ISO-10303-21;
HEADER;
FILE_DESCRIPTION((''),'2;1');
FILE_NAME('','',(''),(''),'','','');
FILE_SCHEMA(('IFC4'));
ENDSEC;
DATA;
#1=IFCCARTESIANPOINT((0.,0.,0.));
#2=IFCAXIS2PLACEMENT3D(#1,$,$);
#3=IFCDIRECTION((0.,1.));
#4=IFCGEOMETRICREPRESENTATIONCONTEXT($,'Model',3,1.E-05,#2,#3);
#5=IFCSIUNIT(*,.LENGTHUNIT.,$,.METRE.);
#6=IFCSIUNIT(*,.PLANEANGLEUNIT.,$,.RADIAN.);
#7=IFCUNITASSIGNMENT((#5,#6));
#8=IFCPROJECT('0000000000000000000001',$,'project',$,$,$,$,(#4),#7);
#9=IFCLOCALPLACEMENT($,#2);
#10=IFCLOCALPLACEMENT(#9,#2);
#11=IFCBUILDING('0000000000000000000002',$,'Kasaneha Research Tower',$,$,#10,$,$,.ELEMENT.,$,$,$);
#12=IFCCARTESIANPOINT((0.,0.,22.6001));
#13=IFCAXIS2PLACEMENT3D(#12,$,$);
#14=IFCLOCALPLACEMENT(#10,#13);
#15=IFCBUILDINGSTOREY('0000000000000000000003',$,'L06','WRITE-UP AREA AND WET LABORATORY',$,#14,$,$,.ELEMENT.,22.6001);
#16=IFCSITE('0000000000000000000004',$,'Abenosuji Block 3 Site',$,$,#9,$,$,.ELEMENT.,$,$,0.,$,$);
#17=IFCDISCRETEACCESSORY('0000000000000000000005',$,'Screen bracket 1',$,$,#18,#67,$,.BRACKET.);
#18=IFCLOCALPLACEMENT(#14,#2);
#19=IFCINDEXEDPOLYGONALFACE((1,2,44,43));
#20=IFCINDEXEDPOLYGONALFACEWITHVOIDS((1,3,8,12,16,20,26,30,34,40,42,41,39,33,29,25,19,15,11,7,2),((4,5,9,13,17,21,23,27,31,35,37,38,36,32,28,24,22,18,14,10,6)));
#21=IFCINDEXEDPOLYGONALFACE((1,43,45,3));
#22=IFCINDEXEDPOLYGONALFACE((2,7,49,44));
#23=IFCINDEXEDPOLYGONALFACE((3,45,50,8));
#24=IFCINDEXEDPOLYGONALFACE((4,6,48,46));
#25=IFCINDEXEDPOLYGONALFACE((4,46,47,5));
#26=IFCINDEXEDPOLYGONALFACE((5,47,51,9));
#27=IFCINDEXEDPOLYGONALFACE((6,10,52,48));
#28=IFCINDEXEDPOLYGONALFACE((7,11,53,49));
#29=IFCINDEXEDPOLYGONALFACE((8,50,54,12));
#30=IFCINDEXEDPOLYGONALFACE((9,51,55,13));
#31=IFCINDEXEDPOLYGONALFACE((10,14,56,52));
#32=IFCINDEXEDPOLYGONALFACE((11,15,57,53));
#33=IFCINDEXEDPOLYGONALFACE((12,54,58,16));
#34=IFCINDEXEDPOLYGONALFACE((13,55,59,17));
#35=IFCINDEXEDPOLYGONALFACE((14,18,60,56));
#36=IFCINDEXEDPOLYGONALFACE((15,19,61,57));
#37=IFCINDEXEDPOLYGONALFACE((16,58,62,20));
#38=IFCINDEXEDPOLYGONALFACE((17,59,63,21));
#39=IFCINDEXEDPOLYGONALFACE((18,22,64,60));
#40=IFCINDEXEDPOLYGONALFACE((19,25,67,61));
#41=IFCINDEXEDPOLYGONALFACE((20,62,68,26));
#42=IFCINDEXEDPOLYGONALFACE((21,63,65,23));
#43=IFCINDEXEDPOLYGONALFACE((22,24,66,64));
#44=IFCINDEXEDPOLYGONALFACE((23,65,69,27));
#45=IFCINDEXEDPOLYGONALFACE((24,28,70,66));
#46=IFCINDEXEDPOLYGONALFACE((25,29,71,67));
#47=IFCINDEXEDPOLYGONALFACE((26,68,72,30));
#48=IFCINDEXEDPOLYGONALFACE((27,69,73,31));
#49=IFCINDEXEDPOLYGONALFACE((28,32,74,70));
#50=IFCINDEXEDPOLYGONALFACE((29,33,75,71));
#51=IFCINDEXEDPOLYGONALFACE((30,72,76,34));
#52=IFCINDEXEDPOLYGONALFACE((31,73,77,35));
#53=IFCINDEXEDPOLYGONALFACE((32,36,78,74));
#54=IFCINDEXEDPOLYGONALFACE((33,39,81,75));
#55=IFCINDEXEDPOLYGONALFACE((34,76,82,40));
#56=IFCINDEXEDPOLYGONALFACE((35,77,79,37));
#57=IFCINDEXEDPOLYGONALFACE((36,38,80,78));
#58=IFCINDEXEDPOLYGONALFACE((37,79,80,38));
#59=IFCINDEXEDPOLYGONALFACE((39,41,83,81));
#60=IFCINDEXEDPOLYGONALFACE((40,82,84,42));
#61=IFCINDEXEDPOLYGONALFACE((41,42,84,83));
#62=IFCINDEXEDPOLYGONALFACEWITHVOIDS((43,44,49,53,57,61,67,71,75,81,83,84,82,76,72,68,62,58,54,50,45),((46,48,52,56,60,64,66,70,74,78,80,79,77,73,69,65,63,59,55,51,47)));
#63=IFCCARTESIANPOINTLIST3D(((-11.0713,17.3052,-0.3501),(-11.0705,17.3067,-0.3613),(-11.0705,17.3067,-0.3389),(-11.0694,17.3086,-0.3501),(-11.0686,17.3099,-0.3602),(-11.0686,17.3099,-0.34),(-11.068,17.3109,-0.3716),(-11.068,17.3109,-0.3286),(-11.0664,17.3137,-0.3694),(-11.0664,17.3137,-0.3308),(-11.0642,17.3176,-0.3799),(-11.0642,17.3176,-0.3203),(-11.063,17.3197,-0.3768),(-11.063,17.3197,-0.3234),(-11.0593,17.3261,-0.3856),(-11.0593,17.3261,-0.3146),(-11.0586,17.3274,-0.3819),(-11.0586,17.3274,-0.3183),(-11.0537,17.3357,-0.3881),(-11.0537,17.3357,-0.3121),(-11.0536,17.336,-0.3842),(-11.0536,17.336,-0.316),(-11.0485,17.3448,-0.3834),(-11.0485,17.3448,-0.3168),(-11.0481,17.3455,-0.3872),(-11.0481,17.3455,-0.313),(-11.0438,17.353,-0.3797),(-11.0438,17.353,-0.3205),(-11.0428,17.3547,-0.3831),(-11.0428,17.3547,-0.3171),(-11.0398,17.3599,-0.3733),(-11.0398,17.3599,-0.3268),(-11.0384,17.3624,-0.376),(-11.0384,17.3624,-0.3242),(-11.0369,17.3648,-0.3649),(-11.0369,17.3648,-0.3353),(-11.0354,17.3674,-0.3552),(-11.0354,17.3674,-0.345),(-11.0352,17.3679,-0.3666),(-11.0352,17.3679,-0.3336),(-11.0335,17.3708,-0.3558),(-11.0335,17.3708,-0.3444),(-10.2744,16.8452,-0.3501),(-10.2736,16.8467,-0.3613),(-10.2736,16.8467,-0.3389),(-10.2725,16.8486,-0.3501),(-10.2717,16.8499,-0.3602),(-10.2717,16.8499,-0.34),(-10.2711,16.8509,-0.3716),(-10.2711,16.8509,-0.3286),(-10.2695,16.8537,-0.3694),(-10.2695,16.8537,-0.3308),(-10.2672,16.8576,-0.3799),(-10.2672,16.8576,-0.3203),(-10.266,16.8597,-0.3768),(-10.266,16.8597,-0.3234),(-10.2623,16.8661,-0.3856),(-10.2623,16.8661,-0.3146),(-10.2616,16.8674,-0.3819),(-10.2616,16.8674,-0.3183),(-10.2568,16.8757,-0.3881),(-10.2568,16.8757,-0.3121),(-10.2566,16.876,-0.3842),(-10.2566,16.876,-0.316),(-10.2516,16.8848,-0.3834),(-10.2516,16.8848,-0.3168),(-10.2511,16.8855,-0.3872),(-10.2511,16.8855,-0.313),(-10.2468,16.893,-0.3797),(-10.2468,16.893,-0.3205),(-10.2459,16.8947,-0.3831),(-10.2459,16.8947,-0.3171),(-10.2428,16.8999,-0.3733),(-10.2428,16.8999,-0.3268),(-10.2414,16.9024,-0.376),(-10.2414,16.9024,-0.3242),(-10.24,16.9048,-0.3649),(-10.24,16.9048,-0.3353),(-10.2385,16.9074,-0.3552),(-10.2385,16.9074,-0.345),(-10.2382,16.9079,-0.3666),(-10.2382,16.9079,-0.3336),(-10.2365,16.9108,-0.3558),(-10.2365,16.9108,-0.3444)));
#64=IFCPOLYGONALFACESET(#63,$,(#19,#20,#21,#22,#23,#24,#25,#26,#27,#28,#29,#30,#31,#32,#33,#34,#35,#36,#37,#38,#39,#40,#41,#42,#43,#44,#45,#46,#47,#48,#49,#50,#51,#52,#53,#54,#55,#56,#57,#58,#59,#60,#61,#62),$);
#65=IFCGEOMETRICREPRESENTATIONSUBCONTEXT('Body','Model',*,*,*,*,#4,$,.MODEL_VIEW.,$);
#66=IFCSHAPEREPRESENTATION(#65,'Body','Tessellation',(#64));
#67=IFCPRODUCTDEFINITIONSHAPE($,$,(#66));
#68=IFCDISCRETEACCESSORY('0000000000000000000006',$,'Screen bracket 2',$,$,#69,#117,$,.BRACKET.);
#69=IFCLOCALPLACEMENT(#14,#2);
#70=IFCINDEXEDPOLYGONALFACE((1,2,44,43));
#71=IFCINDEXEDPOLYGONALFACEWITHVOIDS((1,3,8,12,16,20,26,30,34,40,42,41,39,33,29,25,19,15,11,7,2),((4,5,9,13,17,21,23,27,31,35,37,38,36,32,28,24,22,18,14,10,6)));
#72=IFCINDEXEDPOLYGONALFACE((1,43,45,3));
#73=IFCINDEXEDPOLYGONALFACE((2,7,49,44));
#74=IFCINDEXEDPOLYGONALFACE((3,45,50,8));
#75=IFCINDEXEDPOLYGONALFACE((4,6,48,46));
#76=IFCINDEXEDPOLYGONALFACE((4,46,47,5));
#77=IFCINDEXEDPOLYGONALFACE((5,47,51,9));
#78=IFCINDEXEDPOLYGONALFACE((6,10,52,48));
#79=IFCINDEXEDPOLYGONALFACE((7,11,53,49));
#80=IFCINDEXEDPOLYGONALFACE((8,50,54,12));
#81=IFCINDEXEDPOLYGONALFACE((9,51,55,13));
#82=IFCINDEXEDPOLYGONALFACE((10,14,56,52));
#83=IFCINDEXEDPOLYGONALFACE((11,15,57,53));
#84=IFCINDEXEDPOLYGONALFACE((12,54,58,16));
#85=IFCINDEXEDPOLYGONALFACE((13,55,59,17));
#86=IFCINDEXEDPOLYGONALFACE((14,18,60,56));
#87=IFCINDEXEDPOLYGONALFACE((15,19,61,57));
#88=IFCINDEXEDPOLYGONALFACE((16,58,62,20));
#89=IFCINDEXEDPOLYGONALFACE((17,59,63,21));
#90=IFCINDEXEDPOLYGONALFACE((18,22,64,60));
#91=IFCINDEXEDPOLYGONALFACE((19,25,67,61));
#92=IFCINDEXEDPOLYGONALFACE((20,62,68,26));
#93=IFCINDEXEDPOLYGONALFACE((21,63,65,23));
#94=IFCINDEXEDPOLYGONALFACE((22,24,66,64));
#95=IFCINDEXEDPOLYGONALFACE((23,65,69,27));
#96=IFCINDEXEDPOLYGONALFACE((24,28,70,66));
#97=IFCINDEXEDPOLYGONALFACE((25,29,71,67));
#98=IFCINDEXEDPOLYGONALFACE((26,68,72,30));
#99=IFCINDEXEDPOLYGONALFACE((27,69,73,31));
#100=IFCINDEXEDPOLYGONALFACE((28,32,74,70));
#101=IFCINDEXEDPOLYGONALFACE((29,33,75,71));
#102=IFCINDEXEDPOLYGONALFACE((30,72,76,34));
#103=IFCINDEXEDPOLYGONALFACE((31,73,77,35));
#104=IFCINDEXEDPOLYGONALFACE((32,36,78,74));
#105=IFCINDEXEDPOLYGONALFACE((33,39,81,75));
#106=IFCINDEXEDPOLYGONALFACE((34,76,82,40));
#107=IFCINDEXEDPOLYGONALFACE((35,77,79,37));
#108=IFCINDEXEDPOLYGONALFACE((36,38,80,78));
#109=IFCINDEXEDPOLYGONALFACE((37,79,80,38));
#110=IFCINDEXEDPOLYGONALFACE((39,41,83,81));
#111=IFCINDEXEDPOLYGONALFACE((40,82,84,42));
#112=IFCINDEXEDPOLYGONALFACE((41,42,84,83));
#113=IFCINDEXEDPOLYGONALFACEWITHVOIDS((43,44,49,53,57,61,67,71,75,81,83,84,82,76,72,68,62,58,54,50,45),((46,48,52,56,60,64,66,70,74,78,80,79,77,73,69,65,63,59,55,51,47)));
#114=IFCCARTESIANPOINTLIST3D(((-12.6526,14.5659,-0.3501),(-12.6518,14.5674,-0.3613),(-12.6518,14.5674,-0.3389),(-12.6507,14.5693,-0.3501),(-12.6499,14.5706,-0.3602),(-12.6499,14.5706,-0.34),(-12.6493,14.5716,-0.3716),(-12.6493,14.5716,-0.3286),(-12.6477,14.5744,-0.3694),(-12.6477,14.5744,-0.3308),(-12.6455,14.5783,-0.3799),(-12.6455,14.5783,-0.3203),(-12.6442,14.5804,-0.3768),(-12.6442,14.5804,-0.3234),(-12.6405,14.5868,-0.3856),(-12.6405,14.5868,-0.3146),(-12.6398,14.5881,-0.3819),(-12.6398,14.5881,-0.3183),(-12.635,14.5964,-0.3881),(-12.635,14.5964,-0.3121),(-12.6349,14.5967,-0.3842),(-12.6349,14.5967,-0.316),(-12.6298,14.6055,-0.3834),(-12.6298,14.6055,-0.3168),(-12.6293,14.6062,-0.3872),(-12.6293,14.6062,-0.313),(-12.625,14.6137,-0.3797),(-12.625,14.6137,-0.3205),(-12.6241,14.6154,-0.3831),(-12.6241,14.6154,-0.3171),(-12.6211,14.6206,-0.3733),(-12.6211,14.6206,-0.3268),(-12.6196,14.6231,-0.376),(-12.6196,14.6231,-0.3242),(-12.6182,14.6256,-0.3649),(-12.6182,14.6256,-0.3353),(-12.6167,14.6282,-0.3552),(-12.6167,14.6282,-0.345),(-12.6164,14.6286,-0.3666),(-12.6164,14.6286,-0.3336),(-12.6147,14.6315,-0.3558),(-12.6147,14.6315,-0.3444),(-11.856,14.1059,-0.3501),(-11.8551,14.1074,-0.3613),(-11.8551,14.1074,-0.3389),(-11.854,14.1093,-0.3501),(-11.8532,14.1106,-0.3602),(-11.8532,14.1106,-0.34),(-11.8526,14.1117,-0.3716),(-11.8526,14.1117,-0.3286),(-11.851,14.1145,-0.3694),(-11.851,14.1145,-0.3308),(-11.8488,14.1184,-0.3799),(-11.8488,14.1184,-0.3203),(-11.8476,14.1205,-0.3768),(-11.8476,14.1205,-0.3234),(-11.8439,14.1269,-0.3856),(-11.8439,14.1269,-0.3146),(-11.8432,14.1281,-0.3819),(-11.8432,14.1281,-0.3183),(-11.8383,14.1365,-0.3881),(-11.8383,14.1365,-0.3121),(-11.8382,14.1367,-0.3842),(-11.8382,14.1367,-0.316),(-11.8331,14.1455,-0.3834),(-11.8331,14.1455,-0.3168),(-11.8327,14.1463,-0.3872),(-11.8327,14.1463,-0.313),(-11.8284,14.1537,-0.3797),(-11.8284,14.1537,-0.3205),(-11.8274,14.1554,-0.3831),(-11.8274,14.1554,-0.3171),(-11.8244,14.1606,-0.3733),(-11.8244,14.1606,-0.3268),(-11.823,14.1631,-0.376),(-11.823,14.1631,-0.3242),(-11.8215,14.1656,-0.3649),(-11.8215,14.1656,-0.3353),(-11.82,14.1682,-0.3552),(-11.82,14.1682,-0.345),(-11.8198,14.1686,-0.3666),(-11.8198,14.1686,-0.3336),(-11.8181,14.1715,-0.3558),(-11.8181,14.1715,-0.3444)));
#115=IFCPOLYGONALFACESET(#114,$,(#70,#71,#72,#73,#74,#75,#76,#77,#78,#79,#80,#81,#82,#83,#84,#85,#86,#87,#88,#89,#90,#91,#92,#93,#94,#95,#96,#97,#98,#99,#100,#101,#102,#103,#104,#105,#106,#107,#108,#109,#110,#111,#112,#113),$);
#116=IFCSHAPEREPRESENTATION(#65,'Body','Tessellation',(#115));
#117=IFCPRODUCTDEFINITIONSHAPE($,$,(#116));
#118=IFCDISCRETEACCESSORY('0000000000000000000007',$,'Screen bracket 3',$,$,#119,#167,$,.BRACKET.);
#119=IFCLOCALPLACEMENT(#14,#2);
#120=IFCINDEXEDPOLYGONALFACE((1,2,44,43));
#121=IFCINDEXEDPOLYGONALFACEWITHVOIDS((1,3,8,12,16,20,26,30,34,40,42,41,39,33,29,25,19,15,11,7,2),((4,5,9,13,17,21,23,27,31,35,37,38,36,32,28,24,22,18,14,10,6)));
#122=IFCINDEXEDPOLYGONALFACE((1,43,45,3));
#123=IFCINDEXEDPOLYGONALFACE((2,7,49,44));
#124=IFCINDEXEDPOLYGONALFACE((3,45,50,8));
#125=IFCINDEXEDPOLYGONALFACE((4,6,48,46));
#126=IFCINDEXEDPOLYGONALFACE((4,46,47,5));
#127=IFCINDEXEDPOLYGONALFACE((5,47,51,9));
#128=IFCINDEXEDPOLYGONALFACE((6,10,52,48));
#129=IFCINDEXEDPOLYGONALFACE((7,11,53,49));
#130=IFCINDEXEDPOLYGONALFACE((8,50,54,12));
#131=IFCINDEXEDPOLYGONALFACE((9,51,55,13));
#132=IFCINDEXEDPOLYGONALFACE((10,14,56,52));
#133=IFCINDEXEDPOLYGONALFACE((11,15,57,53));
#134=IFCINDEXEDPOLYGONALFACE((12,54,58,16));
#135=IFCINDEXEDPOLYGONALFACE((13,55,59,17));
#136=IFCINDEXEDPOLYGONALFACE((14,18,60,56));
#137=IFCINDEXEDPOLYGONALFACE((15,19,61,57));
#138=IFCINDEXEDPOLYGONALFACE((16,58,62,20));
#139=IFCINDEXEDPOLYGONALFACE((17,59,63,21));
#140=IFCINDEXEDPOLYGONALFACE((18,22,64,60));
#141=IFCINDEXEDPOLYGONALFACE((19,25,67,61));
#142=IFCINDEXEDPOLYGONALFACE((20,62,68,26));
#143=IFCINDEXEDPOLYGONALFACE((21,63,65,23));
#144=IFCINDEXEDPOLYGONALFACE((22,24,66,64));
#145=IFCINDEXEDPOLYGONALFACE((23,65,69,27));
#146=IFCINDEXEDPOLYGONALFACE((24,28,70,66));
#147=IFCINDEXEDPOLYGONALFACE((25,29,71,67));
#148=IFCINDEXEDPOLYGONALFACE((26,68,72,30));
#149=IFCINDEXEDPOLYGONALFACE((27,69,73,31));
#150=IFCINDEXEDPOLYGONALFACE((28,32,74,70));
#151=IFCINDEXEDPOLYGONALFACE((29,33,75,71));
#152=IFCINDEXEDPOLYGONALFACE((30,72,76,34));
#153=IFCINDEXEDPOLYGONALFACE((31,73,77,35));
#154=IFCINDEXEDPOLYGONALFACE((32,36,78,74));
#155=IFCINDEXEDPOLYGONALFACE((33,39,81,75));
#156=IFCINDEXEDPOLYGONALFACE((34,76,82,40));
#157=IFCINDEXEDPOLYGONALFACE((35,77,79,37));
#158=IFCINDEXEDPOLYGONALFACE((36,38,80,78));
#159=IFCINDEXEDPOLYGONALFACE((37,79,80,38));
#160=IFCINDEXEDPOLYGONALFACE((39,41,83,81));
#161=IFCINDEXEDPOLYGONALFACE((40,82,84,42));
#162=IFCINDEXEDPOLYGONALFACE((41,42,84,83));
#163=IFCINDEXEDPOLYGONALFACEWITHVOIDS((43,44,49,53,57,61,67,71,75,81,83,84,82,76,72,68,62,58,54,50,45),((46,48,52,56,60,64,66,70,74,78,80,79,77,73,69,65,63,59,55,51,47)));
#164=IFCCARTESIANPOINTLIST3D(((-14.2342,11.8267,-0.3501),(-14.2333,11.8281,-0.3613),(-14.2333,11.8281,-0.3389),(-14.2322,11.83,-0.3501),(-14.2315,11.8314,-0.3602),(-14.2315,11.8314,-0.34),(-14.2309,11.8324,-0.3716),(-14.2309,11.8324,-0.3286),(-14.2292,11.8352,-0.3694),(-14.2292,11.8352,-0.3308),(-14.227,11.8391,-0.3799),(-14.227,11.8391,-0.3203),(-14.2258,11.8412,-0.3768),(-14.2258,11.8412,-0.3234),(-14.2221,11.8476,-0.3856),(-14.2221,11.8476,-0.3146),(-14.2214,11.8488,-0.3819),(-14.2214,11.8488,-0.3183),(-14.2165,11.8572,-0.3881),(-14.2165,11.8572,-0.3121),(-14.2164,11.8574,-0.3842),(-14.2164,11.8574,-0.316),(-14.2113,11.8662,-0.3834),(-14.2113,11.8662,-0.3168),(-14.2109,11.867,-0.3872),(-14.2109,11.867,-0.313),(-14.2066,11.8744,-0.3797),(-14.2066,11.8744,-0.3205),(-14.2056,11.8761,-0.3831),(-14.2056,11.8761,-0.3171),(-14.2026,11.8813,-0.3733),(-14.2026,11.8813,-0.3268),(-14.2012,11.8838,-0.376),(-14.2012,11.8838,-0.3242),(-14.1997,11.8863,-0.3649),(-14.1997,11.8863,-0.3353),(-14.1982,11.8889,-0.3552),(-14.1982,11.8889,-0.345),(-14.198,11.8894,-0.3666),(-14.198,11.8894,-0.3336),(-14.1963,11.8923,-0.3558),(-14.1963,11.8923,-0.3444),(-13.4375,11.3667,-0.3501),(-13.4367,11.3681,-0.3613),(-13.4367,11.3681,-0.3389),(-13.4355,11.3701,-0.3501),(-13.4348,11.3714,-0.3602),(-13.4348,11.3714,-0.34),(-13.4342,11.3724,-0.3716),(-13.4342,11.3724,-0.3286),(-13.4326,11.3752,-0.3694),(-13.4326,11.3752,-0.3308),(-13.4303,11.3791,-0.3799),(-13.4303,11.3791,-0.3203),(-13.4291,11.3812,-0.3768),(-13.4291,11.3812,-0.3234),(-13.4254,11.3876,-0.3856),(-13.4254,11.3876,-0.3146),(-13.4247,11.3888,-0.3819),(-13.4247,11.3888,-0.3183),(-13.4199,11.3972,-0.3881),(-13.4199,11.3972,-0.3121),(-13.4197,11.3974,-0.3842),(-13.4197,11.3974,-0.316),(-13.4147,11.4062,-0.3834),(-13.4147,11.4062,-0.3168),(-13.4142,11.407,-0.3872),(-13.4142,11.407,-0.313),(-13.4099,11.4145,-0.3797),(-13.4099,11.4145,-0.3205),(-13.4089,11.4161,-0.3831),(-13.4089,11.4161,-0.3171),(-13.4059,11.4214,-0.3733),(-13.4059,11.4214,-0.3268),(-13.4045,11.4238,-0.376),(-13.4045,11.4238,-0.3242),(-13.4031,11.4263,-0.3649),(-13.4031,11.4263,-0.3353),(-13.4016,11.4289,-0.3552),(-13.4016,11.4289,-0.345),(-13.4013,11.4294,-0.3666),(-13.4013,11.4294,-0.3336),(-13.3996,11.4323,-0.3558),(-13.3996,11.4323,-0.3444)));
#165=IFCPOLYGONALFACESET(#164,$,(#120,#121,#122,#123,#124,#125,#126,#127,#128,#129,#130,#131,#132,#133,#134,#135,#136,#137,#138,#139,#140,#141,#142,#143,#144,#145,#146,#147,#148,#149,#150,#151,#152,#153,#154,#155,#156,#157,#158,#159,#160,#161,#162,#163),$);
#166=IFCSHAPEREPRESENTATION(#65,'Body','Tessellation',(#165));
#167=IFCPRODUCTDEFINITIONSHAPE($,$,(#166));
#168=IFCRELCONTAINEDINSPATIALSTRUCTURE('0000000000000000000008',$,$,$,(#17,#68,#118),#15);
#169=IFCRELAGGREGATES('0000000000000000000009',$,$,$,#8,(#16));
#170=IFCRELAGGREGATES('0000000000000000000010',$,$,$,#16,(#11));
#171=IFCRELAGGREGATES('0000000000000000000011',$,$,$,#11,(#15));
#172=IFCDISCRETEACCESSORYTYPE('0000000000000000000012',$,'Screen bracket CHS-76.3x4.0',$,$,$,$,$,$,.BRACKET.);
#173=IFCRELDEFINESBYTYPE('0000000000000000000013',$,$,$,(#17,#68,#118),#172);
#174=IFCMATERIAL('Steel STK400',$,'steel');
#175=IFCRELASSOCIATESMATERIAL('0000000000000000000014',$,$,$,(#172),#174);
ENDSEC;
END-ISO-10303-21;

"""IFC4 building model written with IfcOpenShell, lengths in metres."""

from ifc_helpers import new_model, si_unit, direction, frame, origin, origin_2d, place, context, subcontext, project, spatial, hollow_circle, extrude, material, material_profile, profile_set, type_object, element, save


model = new_model("IFC4")

# Units and contexts
model_context = context("Model", 3, precision=1e-05, world=origin(), true_north=direction((0.0, 1.0)))
body_context = subcontext(model_context, "Body", "Model", "MODEL_VIEW")
ifc_project = project(units=[si_unit("LENGTHUNIT", "METRE"), si_unit("PLANEANGLEUNIT", "RADIAN")], contexts=[model_context])

# Site, building, storey
site_placement = place(None, origin())
site = spatial("IfcSite", under=ifc_project, at=site_placement, Name="Abenosuji Block 3 Site", CompositionType="ELEMENT", RefElevation=0.0)
building_placement = place(site_placement, origin())
building = spatial("IfcBuilding", under=site, at=building_placement, Name="Kasaneha Research Tower", CompositionType="ELEMENT")
storey_placement = place(building_placement, frame((0.0, 0.0, 22.6001)))
storey = spatial("IfcBuildingStorey", under=building, at=storey_placement, Name="L06", Description="WRITE-UP AREA AND WET LABORATORY", CompositionType="ELEMENT", Elevation=22.6001)

# Discrete accessories
ifc_material_1 = material(Name="Steel STK400", Category="steel")
ifc_material_profile_1 = material_profile(ifc_material_1, hollow_circle(Radius=0.0381, WallThickness=0.0039, at=origin_2d()), Name="CHS-76.3x4.0")
ifc_profile_set_1 = profile_set([ifc_material_profile_1], Name="Steel STK400")
discrete_accessory_type = type_object("IfcDiscreteAccessoryType", Name="Screen bracket CHS-76.3x4.0", PredefinedType="BRACKET", material=ifc_profile_set_1)
discrete_accessory_placement = place(storey_placement, frame((-10.2554, 16.8782, -0.3501), z_axis=(-0.86608, 0.499906, 0.0), x_axis=(-0.499906, -0.86608, 0.0)))
element("IfcDiscreteAccessory", 1, at=discrete_accessory_placement, inside=storey, type_object=discrete_accessory_type, Name="Screen bracket 1", PredefinedType="BRACKET", context=body_context, shape_type="SweptSolid", body=[
    extrude(hollow_circle(Radius=0.0381, WallThickness=0.0039, at=origin_2d()), origin(), (0.0, 0.0, 1.0), 0.9202),
])
for number, where, z_axis, x_axis, name in (
    (2, (-11.8369, 14.1389, -0.3501), (-0.866013, 0.500021, 0.0), (-0.500021, -0.866013, 0.0), "Screen bracket 2"),
    (3, (-13.4185, 11.3997, -0.3501), (-0.866013, 0.500021, 0.0), (-0.500021, -0.866013, 0.0), "Screen bracket 3"),
):
    element("IfcDiscreteAccessory", number, at=place(storey_placement, frame(where, z_axis=z_axis, x_axis=x_axis)), inside=storey, type_object=discrete_accessory_type, Name=name, PredefinedType="BRACKET", context=body_context, shape_type="SweptSolid", body=[
        extrude(hollow_circle(Radius=0.0381, WallThickness=0.0039, at=origin_2d()), origin(), (0.0, 0.0, 1.0), 0.9199),
    ])

save(model, "model.ifc")
